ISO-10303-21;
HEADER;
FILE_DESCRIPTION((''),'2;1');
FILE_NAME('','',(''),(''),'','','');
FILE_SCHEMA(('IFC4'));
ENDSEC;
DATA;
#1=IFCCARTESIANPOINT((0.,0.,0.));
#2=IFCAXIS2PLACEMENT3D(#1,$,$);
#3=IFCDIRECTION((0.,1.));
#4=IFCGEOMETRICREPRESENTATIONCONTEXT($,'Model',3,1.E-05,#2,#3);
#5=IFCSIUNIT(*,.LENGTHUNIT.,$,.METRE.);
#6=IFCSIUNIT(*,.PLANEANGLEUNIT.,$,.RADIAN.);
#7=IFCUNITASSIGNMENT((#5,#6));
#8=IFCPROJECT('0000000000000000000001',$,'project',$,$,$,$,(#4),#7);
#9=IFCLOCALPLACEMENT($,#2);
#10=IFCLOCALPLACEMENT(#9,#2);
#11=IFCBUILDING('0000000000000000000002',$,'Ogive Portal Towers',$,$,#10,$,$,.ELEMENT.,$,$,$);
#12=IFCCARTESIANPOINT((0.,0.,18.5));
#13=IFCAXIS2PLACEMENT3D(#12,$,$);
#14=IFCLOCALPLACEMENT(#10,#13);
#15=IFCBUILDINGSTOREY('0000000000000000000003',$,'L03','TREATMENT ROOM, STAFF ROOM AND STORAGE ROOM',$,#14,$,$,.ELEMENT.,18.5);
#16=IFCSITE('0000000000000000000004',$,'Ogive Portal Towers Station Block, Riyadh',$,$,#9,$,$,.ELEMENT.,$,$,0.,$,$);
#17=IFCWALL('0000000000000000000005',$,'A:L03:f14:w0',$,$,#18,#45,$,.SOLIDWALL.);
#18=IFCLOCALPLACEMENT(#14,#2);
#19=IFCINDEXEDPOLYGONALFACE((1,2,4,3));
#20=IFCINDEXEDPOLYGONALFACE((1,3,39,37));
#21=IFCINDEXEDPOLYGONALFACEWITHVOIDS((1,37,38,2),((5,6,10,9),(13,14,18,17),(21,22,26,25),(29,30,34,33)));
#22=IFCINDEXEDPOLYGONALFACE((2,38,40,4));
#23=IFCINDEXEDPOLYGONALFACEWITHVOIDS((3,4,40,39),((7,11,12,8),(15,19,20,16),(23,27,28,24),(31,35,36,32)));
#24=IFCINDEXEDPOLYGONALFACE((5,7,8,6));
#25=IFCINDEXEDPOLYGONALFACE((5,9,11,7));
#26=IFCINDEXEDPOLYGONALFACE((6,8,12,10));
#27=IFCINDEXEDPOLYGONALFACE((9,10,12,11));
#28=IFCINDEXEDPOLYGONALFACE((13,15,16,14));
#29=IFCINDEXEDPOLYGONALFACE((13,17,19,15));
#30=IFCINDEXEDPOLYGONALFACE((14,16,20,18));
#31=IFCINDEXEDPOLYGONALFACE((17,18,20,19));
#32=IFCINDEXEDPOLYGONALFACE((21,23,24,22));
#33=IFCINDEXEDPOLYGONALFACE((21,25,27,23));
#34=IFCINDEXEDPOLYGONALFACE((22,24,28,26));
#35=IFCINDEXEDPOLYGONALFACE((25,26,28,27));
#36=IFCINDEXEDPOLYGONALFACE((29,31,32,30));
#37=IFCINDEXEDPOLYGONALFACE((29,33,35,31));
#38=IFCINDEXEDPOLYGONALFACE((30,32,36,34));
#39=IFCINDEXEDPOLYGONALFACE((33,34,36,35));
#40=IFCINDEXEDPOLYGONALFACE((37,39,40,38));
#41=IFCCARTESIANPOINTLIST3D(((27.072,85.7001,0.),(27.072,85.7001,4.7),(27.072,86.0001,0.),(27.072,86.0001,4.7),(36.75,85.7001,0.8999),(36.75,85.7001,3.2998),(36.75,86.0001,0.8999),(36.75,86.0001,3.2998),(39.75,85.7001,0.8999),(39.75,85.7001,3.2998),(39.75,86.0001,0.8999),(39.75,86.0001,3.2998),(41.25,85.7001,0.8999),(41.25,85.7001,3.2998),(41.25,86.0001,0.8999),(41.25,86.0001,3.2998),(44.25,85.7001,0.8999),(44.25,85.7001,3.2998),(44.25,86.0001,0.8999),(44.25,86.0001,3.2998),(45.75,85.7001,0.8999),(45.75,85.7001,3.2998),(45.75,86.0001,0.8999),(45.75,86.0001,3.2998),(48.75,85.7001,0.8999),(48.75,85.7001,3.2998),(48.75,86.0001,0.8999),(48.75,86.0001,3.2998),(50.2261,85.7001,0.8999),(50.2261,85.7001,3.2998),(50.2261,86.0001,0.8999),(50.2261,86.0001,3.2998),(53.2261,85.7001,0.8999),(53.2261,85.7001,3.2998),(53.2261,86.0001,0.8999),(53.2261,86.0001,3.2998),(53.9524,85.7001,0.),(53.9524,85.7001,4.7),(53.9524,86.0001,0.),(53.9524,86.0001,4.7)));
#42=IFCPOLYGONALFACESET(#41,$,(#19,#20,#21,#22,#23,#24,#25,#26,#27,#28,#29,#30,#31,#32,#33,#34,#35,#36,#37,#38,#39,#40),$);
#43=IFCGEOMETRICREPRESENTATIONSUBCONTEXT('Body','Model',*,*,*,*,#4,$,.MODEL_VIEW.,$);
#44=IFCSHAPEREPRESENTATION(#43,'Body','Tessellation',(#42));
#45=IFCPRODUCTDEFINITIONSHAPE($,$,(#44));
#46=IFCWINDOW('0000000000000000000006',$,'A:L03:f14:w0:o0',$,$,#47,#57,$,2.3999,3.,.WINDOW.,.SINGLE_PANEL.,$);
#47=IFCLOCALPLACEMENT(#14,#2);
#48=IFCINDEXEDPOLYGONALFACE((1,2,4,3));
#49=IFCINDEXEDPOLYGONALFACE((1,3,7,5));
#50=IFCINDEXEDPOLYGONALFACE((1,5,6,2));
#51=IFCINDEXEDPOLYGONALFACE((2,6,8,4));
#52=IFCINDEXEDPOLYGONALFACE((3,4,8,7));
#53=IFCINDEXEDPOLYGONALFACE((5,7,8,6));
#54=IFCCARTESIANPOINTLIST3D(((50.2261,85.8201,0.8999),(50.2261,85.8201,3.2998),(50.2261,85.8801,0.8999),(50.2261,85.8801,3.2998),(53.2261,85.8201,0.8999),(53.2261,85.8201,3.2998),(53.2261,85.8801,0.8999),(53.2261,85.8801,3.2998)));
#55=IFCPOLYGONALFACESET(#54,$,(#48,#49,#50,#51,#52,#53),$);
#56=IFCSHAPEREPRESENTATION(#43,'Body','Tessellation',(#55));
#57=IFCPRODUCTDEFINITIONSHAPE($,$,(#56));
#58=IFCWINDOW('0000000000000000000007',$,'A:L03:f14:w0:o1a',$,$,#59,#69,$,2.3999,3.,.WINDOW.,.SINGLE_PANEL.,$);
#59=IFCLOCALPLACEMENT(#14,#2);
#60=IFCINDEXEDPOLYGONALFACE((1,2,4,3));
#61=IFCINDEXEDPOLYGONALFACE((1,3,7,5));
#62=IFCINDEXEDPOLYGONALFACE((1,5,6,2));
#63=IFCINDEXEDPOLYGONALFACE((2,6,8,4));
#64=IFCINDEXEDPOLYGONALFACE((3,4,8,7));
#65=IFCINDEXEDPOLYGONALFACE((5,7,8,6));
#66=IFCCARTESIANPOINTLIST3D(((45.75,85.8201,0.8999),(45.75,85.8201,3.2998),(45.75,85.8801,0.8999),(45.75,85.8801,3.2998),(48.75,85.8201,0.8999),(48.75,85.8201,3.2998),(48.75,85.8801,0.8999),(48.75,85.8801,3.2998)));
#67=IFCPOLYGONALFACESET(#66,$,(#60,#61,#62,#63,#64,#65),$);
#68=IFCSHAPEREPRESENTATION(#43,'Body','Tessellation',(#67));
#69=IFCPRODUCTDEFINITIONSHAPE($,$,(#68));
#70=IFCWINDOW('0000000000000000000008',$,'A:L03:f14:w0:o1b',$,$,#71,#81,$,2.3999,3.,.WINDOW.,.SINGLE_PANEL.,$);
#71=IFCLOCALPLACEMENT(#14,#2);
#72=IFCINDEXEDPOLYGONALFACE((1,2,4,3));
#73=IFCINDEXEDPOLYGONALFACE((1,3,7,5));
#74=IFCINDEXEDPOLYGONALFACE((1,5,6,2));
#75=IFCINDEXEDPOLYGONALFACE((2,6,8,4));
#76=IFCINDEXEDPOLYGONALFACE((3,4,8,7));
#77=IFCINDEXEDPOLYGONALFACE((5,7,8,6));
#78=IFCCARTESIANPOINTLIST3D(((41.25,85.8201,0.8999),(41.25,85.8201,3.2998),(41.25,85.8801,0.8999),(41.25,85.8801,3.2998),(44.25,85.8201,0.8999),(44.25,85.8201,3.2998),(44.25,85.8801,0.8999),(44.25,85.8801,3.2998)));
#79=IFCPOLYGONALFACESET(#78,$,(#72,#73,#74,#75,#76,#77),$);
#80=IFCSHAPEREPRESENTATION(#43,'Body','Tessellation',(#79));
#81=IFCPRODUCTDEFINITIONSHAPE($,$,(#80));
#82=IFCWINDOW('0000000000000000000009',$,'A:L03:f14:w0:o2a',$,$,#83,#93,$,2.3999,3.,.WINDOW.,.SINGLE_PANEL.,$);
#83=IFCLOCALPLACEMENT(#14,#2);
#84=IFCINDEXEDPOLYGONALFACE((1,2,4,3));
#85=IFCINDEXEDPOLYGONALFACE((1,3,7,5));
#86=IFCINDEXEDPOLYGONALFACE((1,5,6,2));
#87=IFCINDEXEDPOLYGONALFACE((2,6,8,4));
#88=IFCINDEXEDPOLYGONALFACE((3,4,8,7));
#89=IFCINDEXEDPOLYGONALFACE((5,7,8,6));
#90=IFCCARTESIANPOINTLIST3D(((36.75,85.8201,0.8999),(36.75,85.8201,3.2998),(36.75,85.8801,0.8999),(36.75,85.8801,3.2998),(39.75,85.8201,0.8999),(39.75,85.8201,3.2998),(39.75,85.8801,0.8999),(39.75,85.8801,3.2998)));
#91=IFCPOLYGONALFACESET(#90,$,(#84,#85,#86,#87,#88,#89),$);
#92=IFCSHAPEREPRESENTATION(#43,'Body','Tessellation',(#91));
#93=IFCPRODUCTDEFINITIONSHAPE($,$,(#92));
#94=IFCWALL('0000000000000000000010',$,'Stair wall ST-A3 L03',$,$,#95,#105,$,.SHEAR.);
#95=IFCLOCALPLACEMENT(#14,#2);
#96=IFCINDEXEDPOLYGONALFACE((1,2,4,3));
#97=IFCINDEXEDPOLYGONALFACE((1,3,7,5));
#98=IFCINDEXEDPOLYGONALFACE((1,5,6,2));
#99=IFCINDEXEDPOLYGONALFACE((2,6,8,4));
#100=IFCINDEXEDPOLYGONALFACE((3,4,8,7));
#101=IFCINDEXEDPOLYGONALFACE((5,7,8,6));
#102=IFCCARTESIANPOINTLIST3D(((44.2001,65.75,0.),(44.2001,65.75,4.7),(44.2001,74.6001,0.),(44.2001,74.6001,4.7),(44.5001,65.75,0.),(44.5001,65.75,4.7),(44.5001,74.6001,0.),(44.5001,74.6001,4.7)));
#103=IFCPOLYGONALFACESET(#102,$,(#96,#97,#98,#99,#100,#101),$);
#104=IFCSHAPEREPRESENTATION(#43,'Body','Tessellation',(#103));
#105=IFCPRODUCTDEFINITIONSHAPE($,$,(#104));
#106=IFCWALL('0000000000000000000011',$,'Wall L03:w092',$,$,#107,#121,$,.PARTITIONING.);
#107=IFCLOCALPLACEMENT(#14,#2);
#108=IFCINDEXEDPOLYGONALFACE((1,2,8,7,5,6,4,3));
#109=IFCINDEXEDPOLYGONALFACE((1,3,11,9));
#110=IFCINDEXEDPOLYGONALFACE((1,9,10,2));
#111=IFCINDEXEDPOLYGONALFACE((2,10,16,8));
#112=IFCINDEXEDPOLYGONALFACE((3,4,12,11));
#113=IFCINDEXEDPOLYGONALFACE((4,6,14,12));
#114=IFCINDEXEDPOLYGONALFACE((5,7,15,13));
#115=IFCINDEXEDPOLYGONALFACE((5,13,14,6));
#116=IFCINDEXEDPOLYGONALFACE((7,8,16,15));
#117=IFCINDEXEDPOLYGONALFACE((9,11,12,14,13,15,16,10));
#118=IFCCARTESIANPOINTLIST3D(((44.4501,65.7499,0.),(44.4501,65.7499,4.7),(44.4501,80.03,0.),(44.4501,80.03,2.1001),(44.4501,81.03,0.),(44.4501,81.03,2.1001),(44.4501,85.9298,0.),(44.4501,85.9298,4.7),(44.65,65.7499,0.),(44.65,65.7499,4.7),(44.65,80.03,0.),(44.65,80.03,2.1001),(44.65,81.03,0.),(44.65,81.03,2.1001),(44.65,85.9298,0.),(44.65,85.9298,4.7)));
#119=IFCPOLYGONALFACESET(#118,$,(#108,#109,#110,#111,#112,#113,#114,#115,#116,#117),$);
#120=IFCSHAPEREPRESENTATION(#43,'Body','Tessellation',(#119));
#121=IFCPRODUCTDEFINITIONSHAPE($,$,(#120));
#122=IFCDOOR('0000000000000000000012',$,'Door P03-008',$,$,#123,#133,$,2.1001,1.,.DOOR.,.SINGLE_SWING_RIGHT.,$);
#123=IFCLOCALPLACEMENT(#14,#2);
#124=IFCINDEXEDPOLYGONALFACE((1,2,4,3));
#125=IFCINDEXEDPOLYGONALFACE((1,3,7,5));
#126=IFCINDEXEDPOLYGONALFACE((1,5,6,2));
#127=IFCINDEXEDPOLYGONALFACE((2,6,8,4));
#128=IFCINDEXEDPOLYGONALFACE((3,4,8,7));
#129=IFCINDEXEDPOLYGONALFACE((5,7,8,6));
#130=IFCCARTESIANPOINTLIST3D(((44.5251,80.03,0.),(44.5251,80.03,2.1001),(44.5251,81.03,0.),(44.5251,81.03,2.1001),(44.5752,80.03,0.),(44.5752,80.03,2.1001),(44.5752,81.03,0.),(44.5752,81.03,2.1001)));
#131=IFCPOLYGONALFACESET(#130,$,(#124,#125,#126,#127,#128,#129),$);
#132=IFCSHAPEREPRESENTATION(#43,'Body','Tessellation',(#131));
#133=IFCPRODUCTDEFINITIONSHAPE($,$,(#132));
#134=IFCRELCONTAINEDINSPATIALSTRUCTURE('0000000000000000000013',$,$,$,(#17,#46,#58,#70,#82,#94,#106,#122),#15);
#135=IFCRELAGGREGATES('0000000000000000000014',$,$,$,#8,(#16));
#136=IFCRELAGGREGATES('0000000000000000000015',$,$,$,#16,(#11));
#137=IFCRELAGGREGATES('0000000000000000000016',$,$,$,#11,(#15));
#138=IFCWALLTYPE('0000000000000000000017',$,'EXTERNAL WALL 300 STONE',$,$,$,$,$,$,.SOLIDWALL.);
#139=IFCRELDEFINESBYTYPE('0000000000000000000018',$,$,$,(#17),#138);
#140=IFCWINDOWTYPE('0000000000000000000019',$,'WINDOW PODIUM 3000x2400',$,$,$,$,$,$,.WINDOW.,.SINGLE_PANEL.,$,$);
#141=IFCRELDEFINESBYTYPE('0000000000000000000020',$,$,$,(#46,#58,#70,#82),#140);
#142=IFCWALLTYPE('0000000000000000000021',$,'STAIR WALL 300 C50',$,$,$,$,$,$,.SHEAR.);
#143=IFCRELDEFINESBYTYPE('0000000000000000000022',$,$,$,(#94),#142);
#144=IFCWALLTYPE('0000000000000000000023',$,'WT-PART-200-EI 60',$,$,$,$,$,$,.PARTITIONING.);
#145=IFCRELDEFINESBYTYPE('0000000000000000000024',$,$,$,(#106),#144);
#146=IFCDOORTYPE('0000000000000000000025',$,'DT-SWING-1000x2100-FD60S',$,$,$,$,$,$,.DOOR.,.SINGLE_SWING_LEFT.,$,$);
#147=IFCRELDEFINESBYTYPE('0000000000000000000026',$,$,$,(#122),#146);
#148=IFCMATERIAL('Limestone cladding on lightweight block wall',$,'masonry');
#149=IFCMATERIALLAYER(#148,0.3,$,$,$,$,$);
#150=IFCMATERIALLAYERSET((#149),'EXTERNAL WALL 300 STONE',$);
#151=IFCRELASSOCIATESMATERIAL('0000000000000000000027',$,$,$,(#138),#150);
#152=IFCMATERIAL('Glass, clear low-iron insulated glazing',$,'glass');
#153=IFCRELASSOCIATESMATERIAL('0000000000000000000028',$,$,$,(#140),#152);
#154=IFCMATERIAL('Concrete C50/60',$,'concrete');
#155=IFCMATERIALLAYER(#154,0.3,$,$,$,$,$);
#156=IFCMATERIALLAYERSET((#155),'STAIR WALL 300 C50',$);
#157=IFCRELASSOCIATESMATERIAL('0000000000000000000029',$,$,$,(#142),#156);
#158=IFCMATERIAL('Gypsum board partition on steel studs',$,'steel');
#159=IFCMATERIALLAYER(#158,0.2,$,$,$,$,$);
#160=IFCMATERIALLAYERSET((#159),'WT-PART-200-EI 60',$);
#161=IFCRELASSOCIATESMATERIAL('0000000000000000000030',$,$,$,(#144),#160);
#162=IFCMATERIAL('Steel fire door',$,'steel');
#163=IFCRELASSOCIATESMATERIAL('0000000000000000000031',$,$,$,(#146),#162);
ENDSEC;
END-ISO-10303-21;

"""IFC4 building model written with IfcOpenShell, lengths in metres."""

from ifc_helpers import new_model, si_unit, direction, frame, frame_2d, origin, place, context, subcontext, project, spatial, rectangle, extrude, material, layer, layer_set, type_object, element, fill, save


model = new_model("IFC4")

# Units and contexts
model_context = context("Model", 3, precision=1e-05, world=origin(), true_north=direction((0.0, 1.0)))
body_context = subcontext(model_context, "Body", "Model", "MODEL_VIEW")
ifc_project = project(units=[si_unit("LENGTHUNIT", "METRE"), si_unit("PLANEANGLEUNIT", "RADIAN")], contexts=[model_context])

# Site, building, storey
site_placement = place(None, origin())
site = spatial("IfcSite", under=ifc_project, at=site_placement, Name="Ogive Portal Towers Station Block, Riyadh", CompositionType="ELEMENT", RefElevation=0.0)
building_placement = place(site_placement, origin())
building = spatial("IfcBuilding", under=site, at=building_placement, Name="Ogive Portal Towers", CompositionType="ELEMENT")
storey_placement = place(building_placement, frame((0.0, 0.0, 18.5)))
storey = spatial("IfcBuildingStorey", under=building, at=storey_placement, Name="L03", Description="TREATMENT ROOM, STAFF ROOM AND STORAGE ROOM", CompositionType="ELEMENT", Elevation=18.5)

# Shared definitions
ifc_material_1 = material(Name="Concrete C50/60", Category="concrete")

# Shared definitions
ifc_material_2 = material(Name="Limestone cladding on lightweight block wall", Category="masonry")
ifc_layer_1 = layer(ifc_material_2, 0.3)
ifc_layer_set_1 = layer_set([ifc_layer_1], Name="EXTERNAL WALL 300 STONE")
wall_type_1 = type_object("IfcWallType", Name="EXTERNAL WALL 300 STONE", PredefinedType="SOLIDWALL", material=ifc_layer_set_1)

# Wall, openings, windows
wall_1_placement = place(storey_placement, frame((53.9524, 85.8501, 0.0), z_axis=(0.0, 0.0, 1.0), x_axis=(-1.0, 0.0, 0.0)))
wall_1 = element("IfcWall", 1, at=wall_1_placement, inside=storey, type_object=wall_type_1, Name="A:L03:f14:w0", PredefinedType="SOLIDWALL", context=body_context, shape_type="SweptSolid", body=[
    extrude(rectangle(XDim=26.8804, YDim=0.3, at=frame_2d((13.4402, 0.0))), origin(), (0.0, 0.0, 1.0), 4.7),
])
opening_1_placement = place(wall_1_placement, frame((0.7263, 0.0, 0.8999)))
opening_1 = element("IfcOpeningElement", 2, at=opening_1_placement, cuts=wall_1, PredefinedType="OPENING", context=body_context, shape_type="SweptSolid", body=[
    extrude(rectangle(XDim=3.0, YDim=2.3999, at=frame_2d((1.5, 1.2))), frame((0.0, 0.1602, 0.0), z_axis=(0.0, -1.0, 0.0), x_axis=(1.0, 0.0, 0.0)), (0.0, 0.0, 1.0), 0.3201),
])
opening_2_placement = place(wall_1_placement, frame((5.2024, 0.0, 0.8999)))
opening_2 = element("IfcOpeningElement", 3, at=opening_2_placement, cuts=wall_1, PredefinedType="OPENING", context=body_context, shape_type="SweptSolid", body=[
    extrude(rectangle(XDim=3.0, YDim=2.3999, at=frame_2d((1.5, 1.2))), frame((0.0, 0.1602, 0.0), z_axis=(0.0, -1.0, 0.0), x_axis=(1.0, 0.0, 0.0)), (0.0, 0.0, 1.0), 0.3201),
])
opening_3_placement = place(wall_1_placement, frame((9.7024, 0.0, 0.8999)))
opening_3 = element("IfcOpeningElement", 4, at=opening_3_placement, cuts=wall_1, PredefinedType="OPENING", context=body_context, shape_type="SweptSolid", body=[
    extrude(rectangle(XDim=3.0, YDim=2.3999, at=frame_2d((1.5, 1.2))), frame((0.0, 0.1602, 0.0), z_axis=(0.0, -1.0, 0.0), x_axis=(1.0, 0.0, 0.0)), (0.0, 0.0, 1.0), 0.3201),
])
opening_4_placement = place(wall_1_placement, frame((14.2024, 0.0, 0.8999)))
opening_4 = element("IfcOpeningElement", 5, at=opening_4_placement, cuts=wall_1, PredefinedType="OPENING", context=body_context, shape_type="SweptSolid", body=[
    extrude(rectangle(XDim=3.0, YDim=2.3999, at=frame_2d((1.5, 1.2))), frame((0.0, 0.1602, 0.0), z_axis=(0.0, -1.0, 0.0), x_axis=(1.0, 0.0, 0.0)), (0.0, 0.0, 1.0), 0.3201),
])
ifc_material_3 = material(Name="Glass, clear low-iron insulated glazing", Category="glass")
window_type = type_object("IfcWindowType", Name="WINDOW PODIUM 3000x2400", PartitioningType="SINGLE_PANEL", PredefinedType="WINDOW", material=ifc_material_3)
window_1_placement = place(opening_1_placement, origin())
window_1 = element("IfcWindow", 6, at=window_1_placement, inside=storey, type_object=window_type, Name="A:L03:f14:w0:o0", OverallHeight=2.3999, OverallWidth=3.0, PartitioningType="SINGLE_PANEL", PredefinedType="WINDOW", context=body_context, shape_type="SweptSolid", body=[
    extrude(rectangle(XDim=3.0, YDim=2.3999, at=frame_2d((1.5, 1.2))), frame((0.0, 0.03, 0.0), z_axis=(0.0, -1.0, 0.0), x_axis=(1.0, 0.0, 0.0)), (0.0, 0.0, 1.0), 0.0601),
])
fill(opening_1, window_1)
window_2_placement = place(opening_2_placement, origin())
window_2 = element("IfcWindow", 7, at=window_2_placement, inside=storey, type_object=window_type, Name="A:L03:f14:w0:o1a", OverallHeight=2.3999, OverallWidth=3.0, PartitioningType="SINGLE_PANEL", PredefinedType="WINDOW", context=body_context, shape_type="SweptSolid", body=[
    extrude(rectangle(XDim=3.0, YDim=2.3999, at=frame_2d((1.5, 1.2))), frame((0.0, 0.03, 0.0), z_axis=(0.0, -1.0, 0.0), x_axis=(1.0, 0.0, 0.0)), (0.0, 0.0, 1.0), 0.0601),
])
fill(opening_2, window_2)
window_3_placement = place(opening_3_placement, origin())
window_3 = element("IfcWindow", 8, at=window_3_placement, inside=storey, type_object=window_type, Name="A:L03:f14:w0:o1b", OverallHeight=2.3999, OverallWidth=3.0, PartitioningType="SINGLE_PANEL", PredefinedType="WINDOW", context=body_context, shape_type="SweptSolid", body=[
    extrude(rectangle(XDim=3.0, YDim=2.3999, at=frame_2d((1.5, 1.2))), frame((0.0, 0.03, 0.0), z_axis=(0.0, -1.0, 0.0), x_axis=(1.0, 0.0, 0.0)), (0.0, 0.0, 1.0), 0.0601),
])
fill(opening_3, window_3)
window_4_placement = place(opening_4_placement, origin())
window_4 = element("IfcWindow", 9, at=window_4_placement, inside=storey, type_object=window_type, Name="A:L03:f14:w0:o2a", OverallHeight=2.3999, OverallWidth=3.0, PartitioningType="SINGLE_PANEL", PredefinedType="WINDOW", context=body_context, shape_type="SweptSolid", body=[
    extrude(rectangle(XDim=3.0, YDim=2.3999, at=frame_2d((1.5, 1.2))), frame((0.0, 0.03, 0.0), z_axis=(0.0, -1.0, 0.0), x_axis=(1.0, 0.0, 0.0)), (0.0, 0.0, 1.0), 0.0601),
])
fill(opening_4, window_4)

# Wall
ifc_layer_2 = layer(ifc_material_1, 0.3)
ifc_layer_set_2 = layer_set([ifc_layer_2], Name="STAIR WALL 300 C50")
wall_type_2 = type_object("IfcWallType", Name="STAIR WALL 300 C50", PredefinedType="SHEAR", material=ifc_layer_set_2)
wall_2_placement = place(storey_placement, frame((44.3501, 65.75, 0.0), z_axis=(0.0, 0.0, 1.0), x_axis=(0.0, 1.0, 0.0)))
element("IfcWall", 10, at=wall_2_placement, inside=storey, type_object=wall_type_2, Name="Stair wall ST-A3 L03", PredefinedType="SHEAR", context=body_context, shape_type="SweptSolid", body=[
    extrude(rectangle(XDim=8.8501, YDim=0.3, at=frame_2d((4.425, 0.0))), origin(), (0.0, 0.0, 1.0), 4.7),
])

# Wall, opening, door
ifc_material_4 = material(Name="Gypsum board partition on steel studs", Category="steel")
ifc_layer_3 = layer(ifc_material_4, 0.2)
ifc_layer_set_3 = layer_set([ifc_layer_3], Name="WT-PART-200-EI 60")
wall_type_3 = type_object("IfcWallType", Name="WT-PART-200-EI 60", PredefinedType="PARTITIONING", material=ifc_layer_set_3)
wall_3_placement = place(storey_placement, frame((44.55, 65.75, 0.0), z_axis=(0.0, 0.0, 1.0), x_axis=(0.0, 1.0, 0.0)))
wall_3 = element("IfcWall", 11, at=wall_3_placement, inside=storey, type_object=wall_type_3, Name="Wall L03:w092", PredefinedType="PARTITIONING", context=body_context, shape_type="SweptSolid", body=[
    extrude(rectangle(XDim=20.1799, YDim=0.2, at=frame_2d((10.0898, 0.0))), origin(), (0.0, 0.0, 1.0), 4.7),
])
opening_5_placement = place(wall_3_placement, frame((14.28, 0.0, 0.0)))
opening_5 = element("IfcOpeningElement", 12, at=opening_5_placement, cuts=wall_3, PredefinedType="OPENING", context=body_context, shape_type="SweptSolid", body=[
    extrude(rectangle(XDim=1.0, YDim=2.1001, at=frame_2d((0.5, 1.05))), frame((0.0, 0.1099, 0.0), z_axis=(0.0, -1.0, 0.0), x_axis=(1.0, 0.0, 0.0)), (0.0, 0.0, 1.0), 0.22),
])
ifc_material_5 = material(Name="Steel fire door", Category="steel")
door_type = type_object("IfcDoorType", Name="DT-SWING-1000x2100-FD60S", OperationType="SINGLE_SWING_LEFT", PredefinedType="DOOR", material=ifc_material_5)
door_placement = place(opening_5_placement, origin())
door = element("IfcDoor", 13, at=door_placement, inside=storey, type_object=door_type, Name="Door P03-008", OperationType="SINGLE_SWING_RIGHT", OverallHeight=2.1001, OverallWidth=1.0, PredefinedType="DOOR", context=body_context, shape_type="SweptSolid", body=[
    extrude(rectangle(XDim=1.0, YDim=2.1001, at=frame_2d((0.5, 1.05))), frame((0.0, 0.0249, 0.0), z_axis=(0.0, -1.0, 0.0), x_axis=(1.0, 0.0, 0.0)), (0.0, 0.0, 1.0), 0.05),
])
fill(opening_5, door)

save(model, "model.ifc")
